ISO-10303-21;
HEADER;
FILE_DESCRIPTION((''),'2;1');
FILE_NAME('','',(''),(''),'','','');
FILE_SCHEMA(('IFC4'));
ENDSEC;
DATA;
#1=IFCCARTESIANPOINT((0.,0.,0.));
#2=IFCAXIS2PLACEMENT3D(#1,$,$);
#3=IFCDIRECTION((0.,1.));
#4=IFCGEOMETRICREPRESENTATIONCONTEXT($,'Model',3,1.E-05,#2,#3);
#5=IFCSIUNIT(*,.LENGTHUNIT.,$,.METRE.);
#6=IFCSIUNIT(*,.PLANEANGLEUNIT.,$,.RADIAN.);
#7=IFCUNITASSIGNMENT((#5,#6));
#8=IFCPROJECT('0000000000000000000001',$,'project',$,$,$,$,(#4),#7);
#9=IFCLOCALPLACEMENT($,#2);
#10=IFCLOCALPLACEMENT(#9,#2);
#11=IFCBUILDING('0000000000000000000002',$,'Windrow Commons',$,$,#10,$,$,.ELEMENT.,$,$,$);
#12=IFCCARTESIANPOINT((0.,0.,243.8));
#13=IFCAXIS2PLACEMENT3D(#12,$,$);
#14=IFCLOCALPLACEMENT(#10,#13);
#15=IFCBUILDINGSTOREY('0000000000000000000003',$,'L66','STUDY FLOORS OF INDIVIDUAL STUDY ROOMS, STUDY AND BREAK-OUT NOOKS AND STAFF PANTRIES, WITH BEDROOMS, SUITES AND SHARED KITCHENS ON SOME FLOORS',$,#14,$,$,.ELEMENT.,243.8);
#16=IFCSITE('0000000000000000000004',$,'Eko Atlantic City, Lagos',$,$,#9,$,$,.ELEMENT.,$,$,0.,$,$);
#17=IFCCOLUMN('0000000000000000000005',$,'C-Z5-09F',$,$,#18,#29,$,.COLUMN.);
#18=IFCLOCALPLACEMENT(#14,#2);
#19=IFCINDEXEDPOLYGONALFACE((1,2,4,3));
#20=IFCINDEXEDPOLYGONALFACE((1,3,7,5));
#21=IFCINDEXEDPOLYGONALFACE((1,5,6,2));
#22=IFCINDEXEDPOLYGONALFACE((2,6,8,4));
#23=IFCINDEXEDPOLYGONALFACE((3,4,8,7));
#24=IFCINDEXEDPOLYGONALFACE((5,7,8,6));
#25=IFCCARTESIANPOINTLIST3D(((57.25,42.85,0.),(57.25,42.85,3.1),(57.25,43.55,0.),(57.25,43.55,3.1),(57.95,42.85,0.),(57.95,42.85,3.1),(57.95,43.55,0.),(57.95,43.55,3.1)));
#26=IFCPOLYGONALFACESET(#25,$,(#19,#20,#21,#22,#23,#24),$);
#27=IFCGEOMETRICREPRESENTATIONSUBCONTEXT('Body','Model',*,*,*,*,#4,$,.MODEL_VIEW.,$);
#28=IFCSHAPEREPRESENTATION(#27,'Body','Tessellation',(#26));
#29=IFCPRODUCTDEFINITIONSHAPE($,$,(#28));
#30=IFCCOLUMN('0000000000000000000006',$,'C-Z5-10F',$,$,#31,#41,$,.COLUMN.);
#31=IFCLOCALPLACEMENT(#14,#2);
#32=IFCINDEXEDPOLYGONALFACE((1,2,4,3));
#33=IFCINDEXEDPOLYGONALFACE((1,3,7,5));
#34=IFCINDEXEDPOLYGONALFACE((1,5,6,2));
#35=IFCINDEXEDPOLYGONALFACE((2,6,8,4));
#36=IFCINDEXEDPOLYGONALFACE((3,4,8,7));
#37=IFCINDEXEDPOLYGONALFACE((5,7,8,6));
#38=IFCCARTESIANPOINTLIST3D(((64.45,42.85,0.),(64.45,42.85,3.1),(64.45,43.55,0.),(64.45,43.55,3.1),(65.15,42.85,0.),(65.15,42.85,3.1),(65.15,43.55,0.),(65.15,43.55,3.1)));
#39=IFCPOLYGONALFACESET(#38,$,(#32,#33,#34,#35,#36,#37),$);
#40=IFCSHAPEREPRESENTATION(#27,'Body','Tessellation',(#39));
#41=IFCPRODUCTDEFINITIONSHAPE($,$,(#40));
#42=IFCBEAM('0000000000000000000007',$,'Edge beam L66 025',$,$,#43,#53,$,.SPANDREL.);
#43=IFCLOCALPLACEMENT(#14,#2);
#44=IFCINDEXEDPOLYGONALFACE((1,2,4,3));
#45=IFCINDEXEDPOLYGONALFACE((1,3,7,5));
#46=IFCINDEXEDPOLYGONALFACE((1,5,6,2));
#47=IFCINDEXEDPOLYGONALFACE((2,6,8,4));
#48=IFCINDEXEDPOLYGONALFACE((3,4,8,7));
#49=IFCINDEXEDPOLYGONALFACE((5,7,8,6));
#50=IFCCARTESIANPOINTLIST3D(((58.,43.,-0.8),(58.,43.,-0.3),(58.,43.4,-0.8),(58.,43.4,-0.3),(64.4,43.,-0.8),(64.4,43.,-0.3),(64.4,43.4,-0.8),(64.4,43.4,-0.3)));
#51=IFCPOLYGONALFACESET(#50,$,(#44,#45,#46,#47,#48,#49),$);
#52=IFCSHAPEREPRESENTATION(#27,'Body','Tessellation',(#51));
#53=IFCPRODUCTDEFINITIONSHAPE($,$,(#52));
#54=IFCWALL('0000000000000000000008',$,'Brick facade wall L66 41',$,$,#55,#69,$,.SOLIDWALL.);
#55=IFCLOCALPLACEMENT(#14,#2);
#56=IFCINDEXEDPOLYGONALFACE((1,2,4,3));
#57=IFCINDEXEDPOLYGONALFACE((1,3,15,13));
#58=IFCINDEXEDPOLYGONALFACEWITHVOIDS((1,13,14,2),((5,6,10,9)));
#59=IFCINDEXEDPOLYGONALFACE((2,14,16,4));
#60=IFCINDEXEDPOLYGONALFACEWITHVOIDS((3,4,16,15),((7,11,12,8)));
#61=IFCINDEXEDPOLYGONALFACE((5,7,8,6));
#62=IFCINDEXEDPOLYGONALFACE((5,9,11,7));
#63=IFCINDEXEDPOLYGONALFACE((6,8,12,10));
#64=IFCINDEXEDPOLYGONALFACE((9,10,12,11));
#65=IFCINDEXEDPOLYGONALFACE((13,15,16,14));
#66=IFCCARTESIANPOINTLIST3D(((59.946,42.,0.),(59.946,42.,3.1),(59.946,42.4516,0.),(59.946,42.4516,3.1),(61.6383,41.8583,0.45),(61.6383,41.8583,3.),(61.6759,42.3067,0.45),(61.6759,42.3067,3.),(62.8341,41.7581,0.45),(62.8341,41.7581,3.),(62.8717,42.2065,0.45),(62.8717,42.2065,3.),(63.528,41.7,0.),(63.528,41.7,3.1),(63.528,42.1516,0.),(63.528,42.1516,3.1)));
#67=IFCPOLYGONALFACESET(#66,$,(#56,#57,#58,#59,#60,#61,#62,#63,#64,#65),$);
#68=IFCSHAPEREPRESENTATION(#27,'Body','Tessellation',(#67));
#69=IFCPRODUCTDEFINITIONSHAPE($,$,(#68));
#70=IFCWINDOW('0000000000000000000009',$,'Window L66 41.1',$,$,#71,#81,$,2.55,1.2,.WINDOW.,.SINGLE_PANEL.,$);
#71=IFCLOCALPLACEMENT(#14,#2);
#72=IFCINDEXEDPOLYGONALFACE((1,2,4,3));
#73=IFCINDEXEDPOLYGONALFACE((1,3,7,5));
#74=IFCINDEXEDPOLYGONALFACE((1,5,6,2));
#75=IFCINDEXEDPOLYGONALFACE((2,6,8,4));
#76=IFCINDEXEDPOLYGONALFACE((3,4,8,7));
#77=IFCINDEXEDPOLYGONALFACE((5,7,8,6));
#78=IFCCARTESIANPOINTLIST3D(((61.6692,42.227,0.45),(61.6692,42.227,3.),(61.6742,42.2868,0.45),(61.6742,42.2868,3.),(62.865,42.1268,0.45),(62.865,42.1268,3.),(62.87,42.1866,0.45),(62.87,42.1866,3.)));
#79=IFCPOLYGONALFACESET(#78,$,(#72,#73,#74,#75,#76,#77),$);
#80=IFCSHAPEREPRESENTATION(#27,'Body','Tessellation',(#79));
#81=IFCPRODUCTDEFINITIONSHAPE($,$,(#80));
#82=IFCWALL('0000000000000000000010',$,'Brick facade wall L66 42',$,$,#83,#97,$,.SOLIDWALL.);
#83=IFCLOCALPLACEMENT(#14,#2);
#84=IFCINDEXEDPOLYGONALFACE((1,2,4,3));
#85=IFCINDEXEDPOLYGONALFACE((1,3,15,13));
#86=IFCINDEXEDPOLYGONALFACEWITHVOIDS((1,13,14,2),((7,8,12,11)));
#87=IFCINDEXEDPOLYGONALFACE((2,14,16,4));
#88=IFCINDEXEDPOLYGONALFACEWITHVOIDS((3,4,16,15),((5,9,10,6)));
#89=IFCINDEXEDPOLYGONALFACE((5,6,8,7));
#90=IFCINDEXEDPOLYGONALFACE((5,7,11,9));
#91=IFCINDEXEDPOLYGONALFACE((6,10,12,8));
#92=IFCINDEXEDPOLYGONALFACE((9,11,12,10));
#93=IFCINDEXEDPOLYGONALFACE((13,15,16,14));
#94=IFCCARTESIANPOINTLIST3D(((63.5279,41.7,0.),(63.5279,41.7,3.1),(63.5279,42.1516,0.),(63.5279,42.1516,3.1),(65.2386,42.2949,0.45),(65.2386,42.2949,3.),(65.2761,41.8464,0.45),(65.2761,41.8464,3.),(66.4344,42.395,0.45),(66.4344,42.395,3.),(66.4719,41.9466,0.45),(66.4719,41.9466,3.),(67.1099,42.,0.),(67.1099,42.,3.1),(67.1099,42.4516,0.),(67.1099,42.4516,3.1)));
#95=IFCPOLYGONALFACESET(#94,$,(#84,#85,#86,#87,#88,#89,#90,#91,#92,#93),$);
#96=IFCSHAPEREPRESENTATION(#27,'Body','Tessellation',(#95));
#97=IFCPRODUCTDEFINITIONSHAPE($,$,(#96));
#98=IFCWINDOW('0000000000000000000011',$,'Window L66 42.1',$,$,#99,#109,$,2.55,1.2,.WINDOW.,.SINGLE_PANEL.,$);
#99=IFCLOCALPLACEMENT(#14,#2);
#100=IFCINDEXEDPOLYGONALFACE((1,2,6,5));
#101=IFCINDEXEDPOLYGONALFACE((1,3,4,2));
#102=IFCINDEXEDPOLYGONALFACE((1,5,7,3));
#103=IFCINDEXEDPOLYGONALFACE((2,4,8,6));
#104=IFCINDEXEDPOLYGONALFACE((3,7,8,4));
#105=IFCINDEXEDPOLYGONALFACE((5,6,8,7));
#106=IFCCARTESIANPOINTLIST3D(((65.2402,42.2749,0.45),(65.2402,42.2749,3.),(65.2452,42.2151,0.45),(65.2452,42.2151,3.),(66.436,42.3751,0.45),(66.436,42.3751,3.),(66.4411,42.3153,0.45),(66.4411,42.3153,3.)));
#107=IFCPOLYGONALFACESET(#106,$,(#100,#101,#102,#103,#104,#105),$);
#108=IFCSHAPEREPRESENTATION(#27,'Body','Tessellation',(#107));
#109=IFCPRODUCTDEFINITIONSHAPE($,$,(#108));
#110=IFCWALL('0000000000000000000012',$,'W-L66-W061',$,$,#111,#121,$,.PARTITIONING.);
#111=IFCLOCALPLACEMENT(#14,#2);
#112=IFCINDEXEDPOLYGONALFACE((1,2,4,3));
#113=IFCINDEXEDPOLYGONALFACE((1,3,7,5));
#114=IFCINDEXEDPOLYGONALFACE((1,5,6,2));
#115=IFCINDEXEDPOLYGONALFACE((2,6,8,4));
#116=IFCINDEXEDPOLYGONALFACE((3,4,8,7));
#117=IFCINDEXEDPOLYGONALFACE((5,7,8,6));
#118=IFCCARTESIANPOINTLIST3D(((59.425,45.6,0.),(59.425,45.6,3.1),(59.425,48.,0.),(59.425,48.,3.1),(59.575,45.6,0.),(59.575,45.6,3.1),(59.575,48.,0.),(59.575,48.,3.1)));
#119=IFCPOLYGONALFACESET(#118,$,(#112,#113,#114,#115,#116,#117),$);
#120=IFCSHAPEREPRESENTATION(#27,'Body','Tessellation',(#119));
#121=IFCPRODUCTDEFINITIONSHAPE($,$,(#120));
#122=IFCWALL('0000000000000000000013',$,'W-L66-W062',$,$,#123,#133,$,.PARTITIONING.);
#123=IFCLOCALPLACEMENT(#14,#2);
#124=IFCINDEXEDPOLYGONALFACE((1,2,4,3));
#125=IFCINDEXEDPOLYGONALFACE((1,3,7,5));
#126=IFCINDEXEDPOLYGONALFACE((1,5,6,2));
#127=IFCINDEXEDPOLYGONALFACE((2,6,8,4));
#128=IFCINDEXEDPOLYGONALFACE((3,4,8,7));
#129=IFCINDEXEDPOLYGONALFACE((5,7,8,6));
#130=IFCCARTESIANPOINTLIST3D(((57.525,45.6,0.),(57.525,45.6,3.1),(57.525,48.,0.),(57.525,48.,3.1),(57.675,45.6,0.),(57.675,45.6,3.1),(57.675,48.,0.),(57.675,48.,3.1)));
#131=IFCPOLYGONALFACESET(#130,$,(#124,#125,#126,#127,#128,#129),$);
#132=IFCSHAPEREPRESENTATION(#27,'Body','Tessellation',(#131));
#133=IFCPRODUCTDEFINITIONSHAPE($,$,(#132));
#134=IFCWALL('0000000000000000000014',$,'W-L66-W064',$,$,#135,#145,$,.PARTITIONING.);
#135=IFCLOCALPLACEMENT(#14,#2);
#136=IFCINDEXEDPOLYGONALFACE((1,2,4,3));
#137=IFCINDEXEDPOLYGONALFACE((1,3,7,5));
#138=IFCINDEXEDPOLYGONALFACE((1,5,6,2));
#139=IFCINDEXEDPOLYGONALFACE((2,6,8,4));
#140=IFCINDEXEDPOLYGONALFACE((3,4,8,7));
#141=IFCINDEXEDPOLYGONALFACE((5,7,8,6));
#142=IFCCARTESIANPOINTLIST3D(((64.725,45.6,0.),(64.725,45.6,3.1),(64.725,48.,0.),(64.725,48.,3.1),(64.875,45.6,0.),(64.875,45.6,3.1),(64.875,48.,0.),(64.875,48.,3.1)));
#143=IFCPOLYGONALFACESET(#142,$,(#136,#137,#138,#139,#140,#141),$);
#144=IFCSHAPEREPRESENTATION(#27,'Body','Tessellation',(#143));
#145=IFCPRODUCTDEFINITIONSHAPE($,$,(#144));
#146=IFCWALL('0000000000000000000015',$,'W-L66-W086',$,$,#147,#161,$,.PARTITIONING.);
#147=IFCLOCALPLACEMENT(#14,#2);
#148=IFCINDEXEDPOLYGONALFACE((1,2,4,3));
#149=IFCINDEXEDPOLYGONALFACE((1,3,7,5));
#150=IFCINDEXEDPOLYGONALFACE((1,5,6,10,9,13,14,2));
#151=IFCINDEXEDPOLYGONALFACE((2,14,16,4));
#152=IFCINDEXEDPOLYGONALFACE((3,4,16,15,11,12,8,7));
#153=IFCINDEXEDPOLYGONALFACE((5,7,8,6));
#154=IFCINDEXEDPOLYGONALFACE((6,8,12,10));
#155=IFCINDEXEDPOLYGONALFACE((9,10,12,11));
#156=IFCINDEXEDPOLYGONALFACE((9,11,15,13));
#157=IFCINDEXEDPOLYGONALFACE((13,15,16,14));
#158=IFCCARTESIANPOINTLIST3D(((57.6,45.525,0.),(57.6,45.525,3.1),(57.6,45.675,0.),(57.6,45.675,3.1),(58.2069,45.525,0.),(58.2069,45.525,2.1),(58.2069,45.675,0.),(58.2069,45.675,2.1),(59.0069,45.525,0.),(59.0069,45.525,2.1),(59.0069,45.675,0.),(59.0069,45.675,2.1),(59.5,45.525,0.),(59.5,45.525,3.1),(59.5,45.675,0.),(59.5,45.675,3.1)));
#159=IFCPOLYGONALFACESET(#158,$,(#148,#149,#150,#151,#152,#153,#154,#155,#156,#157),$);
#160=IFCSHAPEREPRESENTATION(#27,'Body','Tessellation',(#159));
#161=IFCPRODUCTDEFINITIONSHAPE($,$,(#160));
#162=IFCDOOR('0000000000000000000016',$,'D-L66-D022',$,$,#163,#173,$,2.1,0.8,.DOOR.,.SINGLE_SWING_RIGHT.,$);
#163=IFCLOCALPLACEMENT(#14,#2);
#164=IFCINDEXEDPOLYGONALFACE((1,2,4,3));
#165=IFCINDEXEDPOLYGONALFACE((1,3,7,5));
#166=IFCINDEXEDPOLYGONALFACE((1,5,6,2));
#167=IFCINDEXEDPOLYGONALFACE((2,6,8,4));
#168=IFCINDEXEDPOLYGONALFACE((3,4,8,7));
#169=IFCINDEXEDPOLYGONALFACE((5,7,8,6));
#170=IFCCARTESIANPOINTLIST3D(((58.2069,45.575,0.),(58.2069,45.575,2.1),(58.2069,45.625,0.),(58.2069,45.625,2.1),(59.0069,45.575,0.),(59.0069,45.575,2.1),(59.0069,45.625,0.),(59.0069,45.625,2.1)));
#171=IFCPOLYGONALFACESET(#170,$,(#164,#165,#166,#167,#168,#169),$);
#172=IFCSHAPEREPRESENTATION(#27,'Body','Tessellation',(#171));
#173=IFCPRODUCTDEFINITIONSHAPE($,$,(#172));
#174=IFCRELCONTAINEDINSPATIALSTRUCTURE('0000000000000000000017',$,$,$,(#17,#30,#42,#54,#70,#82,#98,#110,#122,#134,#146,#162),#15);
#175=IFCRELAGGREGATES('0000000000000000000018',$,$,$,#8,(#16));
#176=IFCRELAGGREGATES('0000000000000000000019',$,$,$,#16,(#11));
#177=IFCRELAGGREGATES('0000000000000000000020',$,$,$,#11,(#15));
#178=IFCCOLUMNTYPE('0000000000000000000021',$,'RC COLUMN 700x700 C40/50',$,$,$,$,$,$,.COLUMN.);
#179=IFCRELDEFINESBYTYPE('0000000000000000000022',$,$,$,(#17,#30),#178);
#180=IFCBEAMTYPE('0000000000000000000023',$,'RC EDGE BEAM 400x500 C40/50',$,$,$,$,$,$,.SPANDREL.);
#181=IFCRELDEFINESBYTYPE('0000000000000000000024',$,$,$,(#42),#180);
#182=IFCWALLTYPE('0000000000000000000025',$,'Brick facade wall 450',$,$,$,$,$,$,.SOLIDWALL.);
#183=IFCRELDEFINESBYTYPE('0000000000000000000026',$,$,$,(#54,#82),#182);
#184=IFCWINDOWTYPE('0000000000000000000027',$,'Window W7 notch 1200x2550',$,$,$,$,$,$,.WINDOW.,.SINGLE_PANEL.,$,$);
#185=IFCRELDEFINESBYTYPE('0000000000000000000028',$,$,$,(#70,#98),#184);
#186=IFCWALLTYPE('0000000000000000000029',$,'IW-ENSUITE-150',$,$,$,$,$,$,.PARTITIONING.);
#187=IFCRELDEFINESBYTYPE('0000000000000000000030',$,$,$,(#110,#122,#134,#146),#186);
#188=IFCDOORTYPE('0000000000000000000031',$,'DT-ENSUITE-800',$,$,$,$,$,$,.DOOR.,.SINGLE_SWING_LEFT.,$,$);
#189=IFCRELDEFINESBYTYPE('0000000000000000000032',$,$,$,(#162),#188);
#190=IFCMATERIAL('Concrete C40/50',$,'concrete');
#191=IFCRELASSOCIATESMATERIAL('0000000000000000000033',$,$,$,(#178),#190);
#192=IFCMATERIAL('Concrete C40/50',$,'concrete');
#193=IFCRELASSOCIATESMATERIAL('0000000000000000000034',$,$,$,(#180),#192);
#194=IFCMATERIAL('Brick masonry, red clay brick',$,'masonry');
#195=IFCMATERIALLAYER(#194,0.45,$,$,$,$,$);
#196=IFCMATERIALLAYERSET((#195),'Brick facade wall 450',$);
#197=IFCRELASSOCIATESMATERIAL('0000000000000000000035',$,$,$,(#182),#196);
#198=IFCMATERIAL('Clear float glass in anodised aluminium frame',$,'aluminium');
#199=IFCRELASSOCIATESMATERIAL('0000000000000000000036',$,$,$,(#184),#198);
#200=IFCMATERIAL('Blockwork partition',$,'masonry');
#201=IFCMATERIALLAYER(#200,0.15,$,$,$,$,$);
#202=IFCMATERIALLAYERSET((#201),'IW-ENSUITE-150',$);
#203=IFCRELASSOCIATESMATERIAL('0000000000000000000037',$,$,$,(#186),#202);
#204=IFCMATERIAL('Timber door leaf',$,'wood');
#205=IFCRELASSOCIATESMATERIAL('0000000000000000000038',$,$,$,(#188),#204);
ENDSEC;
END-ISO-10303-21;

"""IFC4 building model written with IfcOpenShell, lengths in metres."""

from ifc_helpers import new_model, si_unit, direction, frame, frame_2d, origin, origin_2d, place, context, subcontext, project, spatial, polyline, rectangle, outline, extrude, material, layer, layer_set, material_profile, profile_set, type_object, element, fill, save


model = new_model("IFC4")

# Units and contexts
model_context = context("Model", 3, precision=1e-05, world=origin(), true_north=direction((0.0, 1.0)))
body_context = subcontext(model_context, "Body", "Model", "MODEL_VIEW")
ifc_project = project(units=[si_unit("LENGTHUNIT", "METRE"), si_unit("PLANEANGLEUNIT", "RADIAN")], contexts=[model_context])

# Site, building, storey
site_placement = place(None, origin())
site = spatial("IfcSite", under=ifc_project, at=site_placement, Name="Eko Atlantic City, Lagos", CompositionType="ELEMENT", RefElevation=0.0)
building_placement = place(site_placement, origin())
building = spatial("IfcBuilding", under=site, at=building_placement, Name="Windrow Commons", CompositionType="ELEMENT")
storey_placement = place(building_placement, frame((0.0, 0.0, 243.8)))
storey = spatial("IfcBuildingStorey", under=building, at=storey_placement, Name="L66", Description="STUDY FLOORS OF INDIVIDUAL STUDY ROOMS, STUDY AND BREAK-OUT NOOKS AND STAFF PANTRIES, WITH BEDROOMS, SUITES AND SHARED KITCHENS ON SOME FLOORS", CompositionType="ELEMENT", Elevation=243.8)

# Columns
ifc_material_1 = material(Name="Concrete C40/50", Category="concrete")
ifc_material_profile_1 = material_profile(ifc_material_1, rectangle(XDim=0.7, YDim=0.7, at=origin_2d()))
ifc_profile_set_1 = profile_set([ifc_material_profile_1], Name="Concrete C40/50")
column_type = type_object("IfcColumnType", Name="RC COLUMN 700x700 C40/50", PredefinedType="COLUMN", material=ifc_profile_set_1)
for number, where, z_axis, x_axis, name in (
    (1, (57.6, 43.2, 0.0), (0.0, 0.0, 1.0), (1.0, 0.0, 0.0), "C-Z5-09F"),
    (2, (64.8, 43.2, 0.0), (0.0, 0.0, 1.0), (1.0, 0.0, 0.0), "C-Z5-10F"),
):
    element("IfcColumn", number, at=place(storey_placement, frame(where, z_axis=z_axis, x_axis=x_axis)), inside=storey, type_object=column_type, Name=name, PredefinedType="COLUMN", context=body_context, shape_type="SweptSolid", body=[
        extrude(rectangle(XDim=0.7, YDim=0.7, at=origin_2d()), origin(), (0.0, 0.0, 1.0), 3.1),
    ])

# Beam
ifc_material_2 = material(Name="Concrete C40/50", Category="concrete")
ifc_material_profile_2 = material_profile(ifc_material_2, rectangle(XDim=0.4, YDim=0.5, at=origin_2d()))
ifc_profile_set_2 = profile_set([ifc_material_profile_2], Name="Concrete C40/50")
beam_type = type_object("IfcBeamType", Name="RC EDGE BEAM 400x500 C40/50", PredefinedType="SPANDREL", material=ifc_profile_set_2)
beam_placement = place(storey_placement, frame((64.4, 43.2, -0.55), z_axis=(-1.0, 0.0, 0.0), x_axis=(0.0, -1.0, 0.0)))
element("IfcBeam", 3, at=beam_placement, inside=storey, type_object=beam_type, Name="Edge beam L66 025", PredefinedType="SPANDREL", context=body_context, shape_type="SweptSolid", body=[
    extrude(rectangle(XDim=0.4, YDim=0.5, at=origin_2d()), origin(), (0.0, 0.0, 1.0), 6.4),
])

# Walls, openings, windows
ifc_material_3 = material(Name="Brick masonry, red clay brick", Category="masonry")
ifc_layer_1 = layer(ifc_material_3, 0.45)
ifc_layer_set_1 = layer_set([ifc_layer_1], Name="Brick facade wall 450")
wall_type_1 = type_object("IfcWallType", Name="Brick facade wall 450", PredefinedType="SOLIDWALL", material=ifc_layer_set_1)
wall_1_placement = place(storey_placement, frame((59.946, 42.2258, 0.0), z_axis=(0.0, 0.0, 1.0), x_axis=(0.996511, -0.083462, 0.0)))
wall_1 = element("IfcWall", 4, at=wall_1_placement, inside=storey, type_object=wall_type_1, Name="Brick facade wall L66 41", PredefinedType="SOLIDWALL", context=body_context, shape_type="SweptSolid", body=[
    extrude(outline(polyline([(0.0188, -0.225), (3.6134, -0.225), (3.5757, 0.225), (-0.0188, 0.225), (0.0188, -0.225)])), origin(), (0.0, 0.0, 1.0), 3.1),
])
opening_1_placement = place(wall_1_placement, frame((1.7171, 0.0, 0.45)))
opening_1 = element("IfcOpeningElement", 5, at=opening_1_placement, cuts=wall_1, PredefinedType="OPENING", context=body_context, shape_type="SweptSolid", body=[
    extrude(rectangle(XDim=1.2, YDim=2.55, at=frame_2d((0.6, 1.275))), frame((0.0, 0.235, 0.0), z_axis=(0.0, -1.0, 0.0), x_axis=(1.0, 0.0, 0.0)), (0.0, 0.0, 1.0), 0.47),
])
ifc_material_4 = material(Name="Clear float glass in anodised aluminium frame", Category="aluminium")
window_type = type_object("IfcWindowType", Name="Window W7 notch 1200x2550", PartitioningType="SINGLE_PANEL", PredefinedType="WINDOW", material=ifc_material_4)
window_1_placement = place(opening_1_placement, origin())
window_1 = element("IfcWindow", 6, at=window_1_placement, inside=storey, type_object=window_type, Name="Window L66 41.1", OverallHeight=2.55, OverallWidth=1.2, PartitioningType="SINGLE_PANEL", PredefinedType="WINDOW", context=body_context, shape_type="SweptSolid", body=[
    extrude(rectangle(XDim=1.2, YDim=2.55, at=frame_2d((0.6, 1.275))), frame((0.0, 0.205, 0.0), z_axis=(0.0, -1.0, 0.0), x_axis=(1.0, 0.0, 0.0)), (0.0, 0.0, 1.0), 0.06),
])
fill(opening_1, window_1)
wall_2_placement = place(storey_placement, frame((63.5279, 41.9258, 0.0), z_axis=(0.0, 0.0, 1.0), x_axis=(0.996511, 0.08346, 0.0)))
wall_2 = element("IfcWall", 7, at=wall_2_placement, inside=storey, type_object=wall_type_1, Name="Brick facade wall L66 42", PredefinedType="SOLIDWALL", context=body_context, shape_type="SweptSolid", body=[
    extrude(outline(polyline([(-0.0188, -0.225), (3.5757, -0.225), (3.6134, 0.225), (0.0188, 0.225), (-0.0188, -0.225)])), origin(), (0.0, 0.0, 1.0), 3.1),
])
opening_2_placement = place(wall_2_placement, frame((1.7355, 0.0, 0.45)))
opening_2 = element("IfcOpeningElement", 8, at=opening_2_placement, cuts=wall_2, PredefinedType="OPENING", context=body_context, shape_type="SweptSolid", body=[
    extrude(rectangle(XDim=1.2, YDim=2.55, at=frame_2d((0.6, 1.275))), frame((0.0, 0.235, 0.0), z_axis=(0.0, -1.0, 0.0), x_axis=(1.0, 0.0, 0.0)), (0.0, 0.0, 1.0), 0.47),
])
window_2_placement = place(opening_2_placement, origin())
window_2 = element("IfcWindow", 9, at=window_2_placement, inside=storey, type_object=window_type, Name="Window L66 42.1", OverallHeight=2.55, OverallWidth=1.2, PartitioningType="SINGLE_PANEL", PredefinedType="WINDOW", context=body_context, shape_type="SweptSolid", body=[
    extrude(rectangle(XDim=1.2, YDim=2.55, at=frame_2d((0.6, 1.275))), frame((0.0, 0.205, 0.0), z_axis=(0.0, -1.0, 0.0), x_axis=(1.0, 0.0, 0.0)), (0.0, 0.0, 1.0), 0.06),
])
fill(opening_2, window_2)

# Walls
ifc_material_5 = material(Name="Blockwork partition", Category="masonry")
ifc_layer_2 = layer(ifc_material_5, 0.15)
ifc_layer_set_2 = layer_set([ifc_layer_2], Name="IW-ENSUITE-150")
wall_type_2 = type_object("IfcWallType", Name="IW-ENSUITE-150", PredefinedType="PARTITIONING", material=ifc_layer_set_2)
for number, where, z_axis, x_axis, name in (
    (10, (59.5, 45.6, 0.0), (0.0, 0.0, 1.0), (0.0, 1.0, 0.0), "W-L66-W061"),
    (11, (57.6, 45.6, 0.0), (0.0, 0.0, 1.0), (0.0, 1.0, 0.0), "W-L66-W062"),
    (12, (64.8, 45.6, 0.0), (0.0, 0.0, 1.0), (0.0, 1.0, 0.0), "W-L66-W064"),
):
    element("IfcWall", number, at=place(storey_placement, frame(where, z_axis=z_axis, x_axis=x_axis)), inside=storey, type_object=wall_type_2, Name=name, PredefinedType="PARTITIONING", context=body_context, shape_type="SweptSolid", body=[
        extrude(rectangle(XDim=2.4, YDim=0.15, at=frame_2d((1.2, 0.0))), origin(), (0.0, 0.0, 1.0), 3.1),
    ])

# Wall, opening, door
wall_3_placement = place(storey_placement, frame((57.6, 45.6, 0.0), z_axis=(0.0, 0.0, 1.0), x_axis=(1.0, 0.0, 0.0)))
wall_3 = element("IfcWall", 13, at=wall_3_placement, inside=storey, type_object=wall_type_2, Name="W-L66-W086", PredefinedType="PARTITIONING", context=body_context, shape_type="SweptSolid", body=[
    extrude(rectangle(XDim=1.9, YDim=0.15, at=frame_2d((0.95, 0.0))), origin(), (0.0, 0.0, 1.0), 3.1),
])
opening_3_placement = place(wall_3_placement, frame((0.6069, 0.0, 0.0)))
opening_3 = element("IfcOpeningElement", 14, at=opening_3_placement, cuts=wall_3, PredefinedType="OPENING", context=body_context, shape_type="SweptSolid", body=[
    extrude(rectangle(XDim=0.8, YDim=2.1, at=frame_2d((0.4, 1.05))), frame((0.0, 0.085, 0.0), z_axis=(0.0, -1.0, 0.0), x_axis=(1.0, 0.0, 0.0)), (0.0, 0.0, 1.0), 0.17),
])
ifc_material_6 = material(Name="Timber door leaf", Category="wood")
door_type = type_object("IfcDoorType", Name="DT-ENSUITE-800", OperationType="SINGLE_SWING_LEFT", PredefinedType="DOOR", material=ifc_material_6)
door_placement = place(opening_3_placement, origin())
door = element("IfcDoor", 15, at=door_placement, inside=storey, type_object=door_type, Name="D-L66-D022", OperationType="SINGLE_SWING_RIGHT", OverallHeight=2.1, OverallWidth=0.8, PredefinedType="DOOR", context=body_context, shape_type="SweptSolid", body=[
    extrude(rectangle(XDim=0.8, YDim=2.1, at=frame_2d((0.4, 1.05))), frame((0.0, 0.025, 0.0), z_axis=(0.0, -1.0, 0.0), x_axis=(1.0, 0.0, 0.0)), (0.0, 0.0, 1.0), 0.05),
])
fill(opening_3, door)

save(model, "model.ifc")
